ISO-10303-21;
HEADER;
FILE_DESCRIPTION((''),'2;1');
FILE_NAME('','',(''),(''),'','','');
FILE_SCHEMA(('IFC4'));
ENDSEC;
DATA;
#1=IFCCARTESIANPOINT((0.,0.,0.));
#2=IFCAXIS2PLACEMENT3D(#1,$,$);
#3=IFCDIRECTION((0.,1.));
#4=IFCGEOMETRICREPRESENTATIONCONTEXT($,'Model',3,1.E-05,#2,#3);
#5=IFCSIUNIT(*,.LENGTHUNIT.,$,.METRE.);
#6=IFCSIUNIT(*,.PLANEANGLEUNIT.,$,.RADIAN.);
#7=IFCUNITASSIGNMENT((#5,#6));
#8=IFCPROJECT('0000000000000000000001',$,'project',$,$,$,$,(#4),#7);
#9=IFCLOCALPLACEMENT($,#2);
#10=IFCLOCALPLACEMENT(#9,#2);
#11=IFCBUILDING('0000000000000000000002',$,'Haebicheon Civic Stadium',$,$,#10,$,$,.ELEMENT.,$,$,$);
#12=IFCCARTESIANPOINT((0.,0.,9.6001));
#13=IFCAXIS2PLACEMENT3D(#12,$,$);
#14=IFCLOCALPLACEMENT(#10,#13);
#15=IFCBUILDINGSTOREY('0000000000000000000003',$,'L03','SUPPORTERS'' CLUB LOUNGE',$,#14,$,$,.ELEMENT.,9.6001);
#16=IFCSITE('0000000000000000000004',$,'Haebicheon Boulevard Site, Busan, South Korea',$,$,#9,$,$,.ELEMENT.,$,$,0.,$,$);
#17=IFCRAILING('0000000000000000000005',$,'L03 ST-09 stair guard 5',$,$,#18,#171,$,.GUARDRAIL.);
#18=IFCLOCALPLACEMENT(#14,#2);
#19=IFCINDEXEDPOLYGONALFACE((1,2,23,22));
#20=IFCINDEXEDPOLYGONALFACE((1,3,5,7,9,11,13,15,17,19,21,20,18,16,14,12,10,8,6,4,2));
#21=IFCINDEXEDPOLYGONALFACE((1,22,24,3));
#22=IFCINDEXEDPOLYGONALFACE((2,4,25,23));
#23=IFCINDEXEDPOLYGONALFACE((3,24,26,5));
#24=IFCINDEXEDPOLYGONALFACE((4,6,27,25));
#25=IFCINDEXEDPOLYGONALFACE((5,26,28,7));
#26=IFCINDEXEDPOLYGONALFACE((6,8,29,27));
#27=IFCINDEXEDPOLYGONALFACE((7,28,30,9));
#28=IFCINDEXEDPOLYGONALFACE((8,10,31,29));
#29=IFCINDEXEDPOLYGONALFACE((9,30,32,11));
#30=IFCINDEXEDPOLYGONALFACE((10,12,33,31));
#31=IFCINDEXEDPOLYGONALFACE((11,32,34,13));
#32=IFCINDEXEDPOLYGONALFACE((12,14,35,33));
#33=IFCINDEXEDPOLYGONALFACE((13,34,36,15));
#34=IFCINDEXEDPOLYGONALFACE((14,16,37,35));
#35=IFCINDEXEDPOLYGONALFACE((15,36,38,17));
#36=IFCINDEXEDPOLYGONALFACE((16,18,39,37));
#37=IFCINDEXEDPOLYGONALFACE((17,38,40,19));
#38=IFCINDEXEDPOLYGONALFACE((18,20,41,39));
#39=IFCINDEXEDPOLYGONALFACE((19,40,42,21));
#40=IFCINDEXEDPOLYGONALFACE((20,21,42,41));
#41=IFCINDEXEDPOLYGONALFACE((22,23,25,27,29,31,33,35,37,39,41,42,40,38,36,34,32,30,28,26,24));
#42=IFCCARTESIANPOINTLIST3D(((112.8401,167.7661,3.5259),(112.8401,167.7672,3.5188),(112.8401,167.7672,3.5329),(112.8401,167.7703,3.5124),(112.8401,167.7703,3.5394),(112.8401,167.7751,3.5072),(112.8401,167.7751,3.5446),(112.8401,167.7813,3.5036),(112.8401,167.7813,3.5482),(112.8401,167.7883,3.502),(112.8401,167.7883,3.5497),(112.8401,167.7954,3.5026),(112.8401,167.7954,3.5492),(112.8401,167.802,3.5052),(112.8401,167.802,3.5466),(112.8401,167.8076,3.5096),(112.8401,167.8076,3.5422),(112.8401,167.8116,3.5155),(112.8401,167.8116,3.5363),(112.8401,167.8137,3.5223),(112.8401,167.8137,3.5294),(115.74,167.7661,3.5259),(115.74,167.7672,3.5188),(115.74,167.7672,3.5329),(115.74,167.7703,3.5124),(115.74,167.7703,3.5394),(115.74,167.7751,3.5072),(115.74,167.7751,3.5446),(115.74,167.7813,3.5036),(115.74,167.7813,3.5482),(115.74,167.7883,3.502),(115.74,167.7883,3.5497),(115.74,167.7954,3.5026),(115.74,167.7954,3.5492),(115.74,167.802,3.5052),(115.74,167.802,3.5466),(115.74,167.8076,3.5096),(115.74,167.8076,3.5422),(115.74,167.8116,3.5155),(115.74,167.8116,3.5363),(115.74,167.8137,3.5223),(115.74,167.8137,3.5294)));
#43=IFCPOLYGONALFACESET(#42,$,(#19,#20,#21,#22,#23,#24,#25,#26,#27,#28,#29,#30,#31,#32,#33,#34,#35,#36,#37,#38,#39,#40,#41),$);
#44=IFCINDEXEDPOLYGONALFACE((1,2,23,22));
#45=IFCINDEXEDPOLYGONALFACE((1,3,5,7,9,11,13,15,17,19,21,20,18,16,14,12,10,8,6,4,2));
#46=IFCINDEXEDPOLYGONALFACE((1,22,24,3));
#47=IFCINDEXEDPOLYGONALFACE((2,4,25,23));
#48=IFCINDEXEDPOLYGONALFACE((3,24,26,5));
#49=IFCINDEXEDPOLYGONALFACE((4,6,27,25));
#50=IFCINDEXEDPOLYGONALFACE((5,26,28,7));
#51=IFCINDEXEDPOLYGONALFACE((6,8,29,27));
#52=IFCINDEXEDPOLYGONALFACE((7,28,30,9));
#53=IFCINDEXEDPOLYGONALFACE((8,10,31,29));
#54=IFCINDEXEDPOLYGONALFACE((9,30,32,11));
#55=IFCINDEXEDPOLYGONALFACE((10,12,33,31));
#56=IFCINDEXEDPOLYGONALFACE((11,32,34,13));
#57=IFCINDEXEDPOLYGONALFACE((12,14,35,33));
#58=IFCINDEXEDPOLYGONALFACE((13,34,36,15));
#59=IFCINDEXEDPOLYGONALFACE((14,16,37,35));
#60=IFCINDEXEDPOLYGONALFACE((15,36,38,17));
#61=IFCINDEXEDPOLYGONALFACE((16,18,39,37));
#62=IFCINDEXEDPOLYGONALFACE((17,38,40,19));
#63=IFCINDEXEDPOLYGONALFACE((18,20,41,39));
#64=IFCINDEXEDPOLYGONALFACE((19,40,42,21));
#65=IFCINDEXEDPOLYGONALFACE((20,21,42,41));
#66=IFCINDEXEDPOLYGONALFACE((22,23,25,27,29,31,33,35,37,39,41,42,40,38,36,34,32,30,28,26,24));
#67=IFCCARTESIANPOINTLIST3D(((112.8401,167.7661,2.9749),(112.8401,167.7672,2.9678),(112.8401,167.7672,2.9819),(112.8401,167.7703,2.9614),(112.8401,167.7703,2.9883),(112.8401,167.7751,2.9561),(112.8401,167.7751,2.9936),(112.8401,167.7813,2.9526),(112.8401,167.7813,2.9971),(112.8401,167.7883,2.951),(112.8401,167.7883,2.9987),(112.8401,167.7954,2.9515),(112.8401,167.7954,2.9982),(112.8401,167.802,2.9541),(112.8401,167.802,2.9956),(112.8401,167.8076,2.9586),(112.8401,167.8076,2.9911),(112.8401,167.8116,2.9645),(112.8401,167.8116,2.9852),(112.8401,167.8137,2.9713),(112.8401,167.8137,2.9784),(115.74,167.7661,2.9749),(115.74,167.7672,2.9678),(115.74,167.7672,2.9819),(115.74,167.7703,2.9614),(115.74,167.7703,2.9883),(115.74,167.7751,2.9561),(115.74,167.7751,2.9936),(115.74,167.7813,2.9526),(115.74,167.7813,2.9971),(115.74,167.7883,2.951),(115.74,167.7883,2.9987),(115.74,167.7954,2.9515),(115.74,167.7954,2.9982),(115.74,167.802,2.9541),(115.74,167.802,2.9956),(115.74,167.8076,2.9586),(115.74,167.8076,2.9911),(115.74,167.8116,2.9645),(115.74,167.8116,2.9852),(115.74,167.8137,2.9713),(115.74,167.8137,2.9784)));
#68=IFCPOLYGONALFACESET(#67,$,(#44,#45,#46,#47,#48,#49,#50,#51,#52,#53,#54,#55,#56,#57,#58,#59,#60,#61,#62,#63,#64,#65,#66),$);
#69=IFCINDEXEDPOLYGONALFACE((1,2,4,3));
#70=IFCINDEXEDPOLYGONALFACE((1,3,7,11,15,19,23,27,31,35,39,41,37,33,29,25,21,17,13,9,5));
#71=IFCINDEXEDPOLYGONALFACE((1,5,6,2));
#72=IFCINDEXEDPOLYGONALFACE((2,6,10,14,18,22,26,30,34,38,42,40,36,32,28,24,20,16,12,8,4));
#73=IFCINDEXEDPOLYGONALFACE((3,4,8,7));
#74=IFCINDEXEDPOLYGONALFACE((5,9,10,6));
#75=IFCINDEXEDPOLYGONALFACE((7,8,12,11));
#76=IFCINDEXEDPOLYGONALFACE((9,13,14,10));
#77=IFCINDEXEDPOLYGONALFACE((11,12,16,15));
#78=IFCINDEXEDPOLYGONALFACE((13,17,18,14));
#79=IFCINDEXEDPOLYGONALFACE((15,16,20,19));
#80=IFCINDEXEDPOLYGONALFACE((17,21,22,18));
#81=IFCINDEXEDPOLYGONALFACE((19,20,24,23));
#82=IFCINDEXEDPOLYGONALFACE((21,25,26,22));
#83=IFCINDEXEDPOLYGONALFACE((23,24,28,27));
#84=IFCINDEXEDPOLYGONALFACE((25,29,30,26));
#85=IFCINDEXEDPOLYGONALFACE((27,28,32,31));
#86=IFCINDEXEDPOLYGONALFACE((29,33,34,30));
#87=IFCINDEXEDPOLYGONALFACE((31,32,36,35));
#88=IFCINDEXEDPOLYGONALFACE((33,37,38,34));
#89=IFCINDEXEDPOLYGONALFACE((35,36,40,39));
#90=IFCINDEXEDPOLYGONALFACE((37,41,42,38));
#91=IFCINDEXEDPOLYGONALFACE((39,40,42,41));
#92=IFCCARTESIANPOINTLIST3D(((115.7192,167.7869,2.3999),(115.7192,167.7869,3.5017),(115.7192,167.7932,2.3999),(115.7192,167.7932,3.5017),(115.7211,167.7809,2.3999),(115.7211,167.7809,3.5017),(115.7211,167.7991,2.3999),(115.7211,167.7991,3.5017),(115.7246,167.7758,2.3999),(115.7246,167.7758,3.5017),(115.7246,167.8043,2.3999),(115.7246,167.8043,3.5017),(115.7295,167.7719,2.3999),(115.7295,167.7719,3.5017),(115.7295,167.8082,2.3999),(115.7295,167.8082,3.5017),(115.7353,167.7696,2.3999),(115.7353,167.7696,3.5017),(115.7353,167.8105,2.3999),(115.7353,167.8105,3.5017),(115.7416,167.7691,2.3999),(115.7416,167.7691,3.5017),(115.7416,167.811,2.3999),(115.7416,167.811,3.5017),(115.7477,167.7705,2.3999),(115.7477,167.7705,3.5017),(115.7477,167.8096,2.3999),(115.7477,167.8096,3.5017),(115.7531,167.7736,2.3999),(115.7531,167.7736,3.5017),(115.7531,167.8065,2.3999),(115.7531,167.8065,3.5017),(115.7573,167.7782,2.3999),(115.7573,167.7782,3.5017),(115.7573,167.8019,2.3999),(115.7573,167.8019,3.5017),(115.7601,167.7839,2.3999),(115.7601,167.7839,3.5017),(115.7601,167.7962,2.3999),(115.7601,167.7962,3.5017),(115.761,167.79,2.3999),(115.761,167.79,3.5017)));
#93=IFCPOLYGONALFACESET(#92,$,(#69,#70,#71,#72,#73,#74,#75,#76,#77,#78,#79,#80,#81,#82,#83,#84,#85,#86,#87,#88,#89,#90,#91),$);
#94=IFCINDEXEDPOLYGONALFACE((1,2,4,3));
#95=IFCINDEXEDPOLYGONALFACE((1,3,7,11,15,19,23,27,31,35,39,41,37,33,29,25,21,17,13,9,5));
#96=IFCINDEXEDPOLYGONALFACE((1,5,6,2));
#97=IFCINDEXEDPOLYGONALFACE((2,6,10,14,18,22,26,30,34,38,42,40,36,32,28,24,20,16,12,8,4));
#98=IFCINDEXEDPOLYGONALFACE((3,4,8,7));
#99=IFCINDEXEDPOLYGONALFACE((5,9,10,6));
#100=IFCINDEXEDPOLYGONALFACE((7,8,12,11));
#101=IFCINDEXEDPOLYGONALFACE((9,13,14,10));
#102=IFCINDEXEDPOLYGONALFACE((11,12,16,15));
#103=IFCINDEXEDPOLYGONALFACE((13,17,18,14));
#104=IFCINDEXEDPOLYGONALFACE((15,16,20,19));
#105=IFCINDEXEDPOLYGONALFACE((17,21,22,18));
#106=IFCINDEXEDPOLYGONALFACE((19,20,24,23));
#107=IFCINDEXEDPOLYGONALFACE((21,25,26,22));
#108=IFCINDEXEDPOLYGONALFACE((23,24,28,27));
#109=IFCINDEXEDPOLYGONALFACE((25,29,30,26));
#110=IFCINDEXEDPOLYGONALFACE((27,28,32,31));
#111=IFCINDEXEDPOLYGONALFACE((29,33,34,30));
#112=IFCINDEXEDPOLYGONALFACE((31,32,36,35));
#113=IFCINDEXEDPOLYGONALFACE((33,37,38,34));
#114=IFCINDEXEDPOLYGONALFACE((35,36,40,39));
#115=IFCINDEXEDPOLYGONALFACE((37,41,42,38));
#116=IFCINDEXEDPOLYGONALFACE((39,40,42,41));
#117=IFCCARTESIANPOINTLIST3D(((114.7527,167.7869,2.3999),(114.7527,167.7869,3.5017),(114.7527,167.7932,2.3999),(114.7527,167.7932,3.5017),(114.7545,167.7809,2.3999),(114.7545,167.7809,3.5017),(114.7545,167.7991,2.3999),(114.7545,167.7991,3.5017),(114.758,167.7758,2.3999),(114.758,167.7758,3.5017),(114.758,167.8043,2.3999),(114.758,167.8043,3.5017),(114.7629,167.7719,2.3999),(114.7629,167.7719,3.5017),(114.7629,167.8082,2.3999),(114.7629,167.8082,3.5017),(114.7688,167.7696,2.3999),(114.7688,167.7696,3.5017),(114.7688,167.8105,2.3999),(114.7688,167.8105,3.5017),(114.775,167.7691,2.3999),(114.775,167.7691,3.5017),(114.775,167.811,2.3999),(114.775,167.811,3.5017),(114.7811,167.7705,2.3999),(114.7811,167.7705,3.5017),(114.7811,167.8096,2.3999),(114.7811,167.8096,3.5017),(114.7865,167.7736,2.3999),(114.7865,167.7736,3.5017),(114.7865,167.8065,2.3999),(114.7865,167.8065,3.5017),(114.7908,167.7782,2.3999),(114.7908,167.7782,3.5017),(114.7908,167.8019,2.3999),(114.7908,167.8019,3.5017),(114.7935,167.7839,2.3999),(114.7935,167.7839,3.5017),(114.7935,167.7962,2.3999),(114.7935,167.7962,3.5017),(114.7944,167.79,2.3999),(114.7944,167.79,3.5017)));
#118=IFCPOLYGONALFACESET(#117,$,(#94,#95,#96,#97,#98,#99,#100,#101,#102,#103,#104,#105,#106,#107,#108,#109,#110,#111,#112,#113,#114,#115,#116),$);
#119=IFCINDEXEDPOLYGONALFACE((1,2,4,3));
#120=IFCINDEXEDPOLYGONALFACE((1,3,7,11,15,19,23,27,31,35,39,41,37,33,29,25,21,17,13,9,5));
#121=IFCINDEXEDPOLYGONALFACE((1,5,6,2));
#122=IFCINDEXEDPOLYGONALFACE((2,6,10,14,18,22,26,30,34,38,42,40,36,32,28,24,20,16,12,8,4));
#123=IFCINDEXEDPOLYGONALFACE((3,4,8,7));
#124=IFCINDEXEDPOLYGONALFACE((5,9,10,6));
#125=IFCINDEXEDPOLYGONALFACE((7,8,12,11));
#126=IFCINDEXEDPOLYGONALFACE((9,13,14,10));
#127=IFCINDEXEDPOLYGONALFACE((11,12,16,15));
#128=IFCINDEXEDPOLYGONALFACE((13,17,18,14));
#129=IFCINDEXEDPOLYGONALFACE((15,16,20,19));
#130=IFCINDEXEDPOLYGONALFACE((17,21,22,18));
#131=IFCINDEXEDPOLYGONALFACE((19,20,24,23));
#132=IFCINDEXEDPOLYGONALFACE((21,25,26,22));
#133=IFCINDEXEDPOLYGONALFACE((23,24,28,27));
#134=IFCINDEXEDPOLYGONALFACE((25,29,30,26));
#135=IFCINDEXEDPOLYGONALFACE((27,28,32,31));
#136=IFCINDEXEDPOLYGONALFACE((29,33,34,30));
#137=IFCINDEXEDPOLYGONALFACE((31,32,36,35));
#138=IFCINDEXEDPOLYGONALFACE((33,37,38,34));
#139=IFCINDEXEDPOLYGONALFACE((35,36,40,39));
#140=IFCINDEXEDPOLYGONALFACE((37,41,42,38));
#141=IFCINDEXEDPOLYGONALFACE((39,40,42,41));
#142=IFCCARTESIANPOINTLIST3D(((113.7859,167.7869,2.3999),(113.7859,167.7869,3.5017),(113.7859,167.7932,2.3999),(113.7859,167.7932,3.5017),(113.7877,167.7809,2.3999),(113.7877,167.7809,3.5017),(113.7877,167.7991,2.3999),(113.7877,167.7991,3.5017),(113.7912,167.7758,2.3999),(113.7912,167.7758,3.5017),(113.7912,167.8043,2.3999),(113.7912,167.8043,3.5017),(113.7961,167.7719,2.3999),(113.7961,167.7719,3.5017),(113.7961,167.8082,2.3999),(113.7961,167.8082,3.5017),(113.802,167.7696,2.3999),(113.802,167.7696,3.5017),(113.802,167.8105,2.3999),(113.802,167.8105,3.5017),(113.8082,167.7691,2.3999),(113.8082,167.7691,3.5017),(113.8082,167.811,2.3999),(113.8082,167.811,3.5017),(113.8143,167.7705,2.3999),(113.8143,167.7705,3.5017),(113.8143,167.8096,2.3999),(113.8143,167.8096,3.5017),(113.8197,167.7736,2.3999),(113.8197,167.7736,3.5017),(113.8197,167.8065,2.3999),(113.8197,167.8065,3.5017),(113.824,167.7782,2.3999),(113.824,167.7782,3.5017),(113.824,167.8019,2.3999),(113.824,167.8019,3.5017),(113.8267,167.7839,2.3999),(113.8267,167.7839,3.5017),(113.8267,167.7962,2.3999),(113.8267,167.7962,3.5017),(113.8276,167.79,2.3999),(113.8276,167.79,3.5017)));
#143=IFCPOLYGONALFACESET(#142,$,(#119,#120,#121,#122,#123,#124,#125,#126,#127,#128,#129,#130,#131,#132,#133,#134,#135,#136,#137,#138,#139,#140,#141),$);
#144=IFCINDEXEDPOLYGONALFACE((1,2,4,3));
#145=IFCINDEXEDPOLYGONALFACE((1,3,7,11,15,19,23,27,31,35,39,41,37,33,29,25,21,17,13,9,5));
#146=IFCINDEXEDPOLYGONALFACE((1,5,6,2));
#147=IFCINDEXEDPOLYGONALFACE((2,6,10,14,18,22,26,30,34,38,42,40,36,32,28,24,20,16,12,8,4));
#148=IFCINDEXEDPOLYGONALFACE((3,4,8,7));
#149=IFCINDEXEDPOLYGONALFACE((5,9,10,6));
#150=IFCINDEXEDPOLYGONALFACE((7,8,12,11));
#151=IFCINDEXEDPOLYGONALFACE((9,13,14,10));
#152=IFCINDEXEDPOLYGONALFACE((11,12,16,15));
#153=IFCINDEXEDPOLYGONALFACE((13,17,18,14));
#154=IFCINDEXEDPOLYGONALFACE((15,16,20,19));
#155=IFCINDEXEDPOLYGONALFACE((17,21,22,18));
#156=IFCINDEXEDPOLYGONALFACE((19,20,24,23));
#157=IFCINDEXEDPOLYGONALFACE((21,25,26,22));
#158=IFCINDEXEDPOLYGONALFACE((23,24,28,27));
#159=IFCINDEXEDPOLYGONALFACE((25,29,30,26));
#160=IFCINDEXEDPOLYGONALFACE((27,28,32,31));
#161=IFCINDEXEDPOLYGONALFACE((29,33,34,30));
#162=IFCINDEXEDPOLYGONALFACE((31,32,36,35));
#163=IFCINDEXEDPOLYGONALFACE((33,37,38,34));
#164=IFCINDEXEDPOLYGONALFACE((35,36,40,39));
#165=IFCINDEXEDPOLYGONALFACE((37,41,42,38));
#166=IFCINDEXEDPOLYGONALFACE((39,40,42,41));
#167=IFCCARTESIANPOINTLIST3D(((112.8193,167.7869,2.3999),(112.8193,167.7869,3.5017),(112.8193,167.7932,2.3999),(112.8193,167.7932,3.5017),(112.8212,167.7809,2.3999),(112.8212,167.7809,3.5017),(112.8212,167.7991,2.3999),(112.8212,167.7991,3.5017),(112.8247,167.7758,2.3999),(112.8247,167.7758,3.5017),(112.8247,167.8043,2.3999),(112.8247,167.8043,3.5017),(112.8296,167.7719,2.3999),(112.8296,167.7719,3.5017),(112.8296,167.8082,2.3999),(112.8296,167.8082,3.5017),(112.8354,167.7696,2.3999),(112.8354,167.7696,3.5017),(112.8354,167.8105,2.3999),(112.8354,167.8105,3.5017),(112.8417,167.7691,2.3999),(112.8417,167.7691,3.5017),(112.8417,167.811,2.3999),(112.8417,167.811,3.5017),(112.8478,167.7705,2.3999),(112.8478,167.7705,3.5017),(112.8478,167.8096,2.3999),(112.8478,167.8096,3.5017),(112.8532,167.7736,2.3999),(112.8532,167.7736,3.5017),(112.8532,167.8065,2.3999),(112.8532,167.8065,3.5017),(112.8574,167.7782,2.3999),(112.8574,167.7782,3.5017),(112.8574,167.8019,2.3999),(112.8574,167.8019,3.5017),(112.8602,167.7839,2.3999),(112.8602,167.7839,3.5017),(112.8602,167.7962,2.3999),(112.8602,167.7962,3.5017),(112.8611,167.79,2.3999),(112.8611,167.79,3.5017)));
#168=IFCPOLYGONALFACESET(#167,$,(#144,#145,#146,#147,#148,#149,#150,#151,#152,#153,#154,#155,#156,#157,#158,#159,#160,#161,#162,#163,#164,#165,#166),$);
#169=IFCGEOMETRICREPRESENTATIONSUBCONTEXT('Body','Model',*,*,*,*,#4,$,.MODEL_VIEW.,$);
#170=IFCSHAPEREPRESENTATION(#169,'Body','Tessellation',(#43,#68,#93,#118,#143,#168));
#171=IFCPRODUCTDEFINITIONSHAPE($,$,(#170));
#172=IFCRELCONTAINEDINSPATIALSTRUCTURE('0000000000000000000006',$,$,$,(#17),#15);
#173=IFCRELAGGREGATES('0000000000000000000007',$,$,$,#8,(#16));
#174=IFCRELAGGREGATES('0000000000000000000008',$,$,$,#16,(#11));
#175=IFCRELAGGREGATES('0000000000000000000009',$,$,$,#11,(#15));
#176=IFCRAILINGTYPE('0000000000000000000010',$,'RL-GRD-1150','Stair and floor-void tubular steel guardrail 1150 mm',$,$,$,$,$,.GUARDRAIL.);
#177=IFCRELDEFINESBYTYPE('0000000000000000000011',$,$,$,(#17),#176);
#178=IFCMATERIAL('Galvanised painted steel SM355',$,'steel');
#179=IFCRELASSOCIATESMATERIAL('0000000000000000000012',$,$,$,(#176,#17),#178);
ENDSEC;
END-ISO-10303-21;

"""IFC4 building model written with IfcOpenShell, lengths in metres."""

from ifc_helpers import new_model, si_unit, direction, frame, origin, origin_2d, place, context, subcontext, project, spatial, circle, extrude, material, type_object, element, save


model = new_model("IFC4")

# Units and contexts
model_context = context("Model", 3, precision=1e-05, world=origin(), true_north=direction((0.0, 1.0)))
body_context = subcontext(model_context, "Body", "Model", "MODEL_VIEW")
ifc_project = project(units=[si_unit("LENGTHUNIT", "METRE"), si_unit("PLANEANGLEUNIT", "RADIAN")], contexts=[model_context])

# Site, building, storey
site_placement = place(None, origin())
site = spatial("IfcSite", under=ifc_project, at=site_placement, Name="Haebicheon Boulevard Site, Busan, South Korea", CompositionType="ELEMENT", RefElevation=0.0)
building_placement = place(site_placement, origin())
building = spatial("IfcBuilding", under=site, at=building_placement, Name="Haebicheon Civic Stadium", CompositionType="ELEMENT")
storey_placement = place(building_placement, frame((0.0, 0.0, 9.6001)))
storey = spatial("IfcBuildingStorey", under=building, at=storey_placement, Name="L03", Description="SUPPORTERS' CLUB LOUNGE", CompositionType="ELEMENT", Elevation=9.6001)

# Railing
ifc_material_1 = material(Name="Galvanised painted steel SM355", Category="steel")
railing_type_1 = type_object("IfcRailingType", Name="RL-GRD-1150", Description="Stair and floor-void tubular steel guardrail 1150 mm", PredefinedType="GUARDRAIL", material=ifc_material_1)
railing_1_placement = place(storey_placement, frame((115.74, 167.79, 2.3999)))
element("IfcRailing", 1, at=railing_1_placement, inside=storey, type_object=railing_type_1, material=ifc_material_1, Name="L03 ST-09 stair guard 5", PredefinedType="GUARDRAIL", context=body_context, shape_type="SweptSolid", body=[
    extrude(circle(Radius=0.0239, at=origin_2d()), frame((0.0, 0.0, 1.126), z_axis=(-1.0, 0.0, 0.0), x_axis=(0.0, -1.0, 0.0)), (0.0, 0.0, 1.0), 2.8999),
    extrude(circle(Radius=0.0239, at=origin_2d()), frame((0.0, 0.0, 0.575), z_axis=(-1.0, 0.0, 0.0), x_axis=(0.0, -1.0, 0.0)), (0.0, 0.0, 1.0), 2.8999),
    extrude(circle(Radius=0.021, at=origin_2d()), origin(), (0.0, 0.0, 1.0), 1.1018),
    extrude(circle(Radius=0.021, at=origin_2d()), frame((-0.9666, 0.0, 0.0)), (0.0, 0.0, 1.0), 1.1018),
    extrude(circle(Radius=0.021, at=origin_2d()), frame((-1.9333, 0.0, 0.0)), (0.0, 0.0, 1.0), 1.1018),
    extrude(circle(Radius=0.021, at=origin_2d()), frame((-2.8999, 0.0, 0.0)), (0.0, 0.0, 1.0), 1.1018),
])

save(model, "model.ifc")
